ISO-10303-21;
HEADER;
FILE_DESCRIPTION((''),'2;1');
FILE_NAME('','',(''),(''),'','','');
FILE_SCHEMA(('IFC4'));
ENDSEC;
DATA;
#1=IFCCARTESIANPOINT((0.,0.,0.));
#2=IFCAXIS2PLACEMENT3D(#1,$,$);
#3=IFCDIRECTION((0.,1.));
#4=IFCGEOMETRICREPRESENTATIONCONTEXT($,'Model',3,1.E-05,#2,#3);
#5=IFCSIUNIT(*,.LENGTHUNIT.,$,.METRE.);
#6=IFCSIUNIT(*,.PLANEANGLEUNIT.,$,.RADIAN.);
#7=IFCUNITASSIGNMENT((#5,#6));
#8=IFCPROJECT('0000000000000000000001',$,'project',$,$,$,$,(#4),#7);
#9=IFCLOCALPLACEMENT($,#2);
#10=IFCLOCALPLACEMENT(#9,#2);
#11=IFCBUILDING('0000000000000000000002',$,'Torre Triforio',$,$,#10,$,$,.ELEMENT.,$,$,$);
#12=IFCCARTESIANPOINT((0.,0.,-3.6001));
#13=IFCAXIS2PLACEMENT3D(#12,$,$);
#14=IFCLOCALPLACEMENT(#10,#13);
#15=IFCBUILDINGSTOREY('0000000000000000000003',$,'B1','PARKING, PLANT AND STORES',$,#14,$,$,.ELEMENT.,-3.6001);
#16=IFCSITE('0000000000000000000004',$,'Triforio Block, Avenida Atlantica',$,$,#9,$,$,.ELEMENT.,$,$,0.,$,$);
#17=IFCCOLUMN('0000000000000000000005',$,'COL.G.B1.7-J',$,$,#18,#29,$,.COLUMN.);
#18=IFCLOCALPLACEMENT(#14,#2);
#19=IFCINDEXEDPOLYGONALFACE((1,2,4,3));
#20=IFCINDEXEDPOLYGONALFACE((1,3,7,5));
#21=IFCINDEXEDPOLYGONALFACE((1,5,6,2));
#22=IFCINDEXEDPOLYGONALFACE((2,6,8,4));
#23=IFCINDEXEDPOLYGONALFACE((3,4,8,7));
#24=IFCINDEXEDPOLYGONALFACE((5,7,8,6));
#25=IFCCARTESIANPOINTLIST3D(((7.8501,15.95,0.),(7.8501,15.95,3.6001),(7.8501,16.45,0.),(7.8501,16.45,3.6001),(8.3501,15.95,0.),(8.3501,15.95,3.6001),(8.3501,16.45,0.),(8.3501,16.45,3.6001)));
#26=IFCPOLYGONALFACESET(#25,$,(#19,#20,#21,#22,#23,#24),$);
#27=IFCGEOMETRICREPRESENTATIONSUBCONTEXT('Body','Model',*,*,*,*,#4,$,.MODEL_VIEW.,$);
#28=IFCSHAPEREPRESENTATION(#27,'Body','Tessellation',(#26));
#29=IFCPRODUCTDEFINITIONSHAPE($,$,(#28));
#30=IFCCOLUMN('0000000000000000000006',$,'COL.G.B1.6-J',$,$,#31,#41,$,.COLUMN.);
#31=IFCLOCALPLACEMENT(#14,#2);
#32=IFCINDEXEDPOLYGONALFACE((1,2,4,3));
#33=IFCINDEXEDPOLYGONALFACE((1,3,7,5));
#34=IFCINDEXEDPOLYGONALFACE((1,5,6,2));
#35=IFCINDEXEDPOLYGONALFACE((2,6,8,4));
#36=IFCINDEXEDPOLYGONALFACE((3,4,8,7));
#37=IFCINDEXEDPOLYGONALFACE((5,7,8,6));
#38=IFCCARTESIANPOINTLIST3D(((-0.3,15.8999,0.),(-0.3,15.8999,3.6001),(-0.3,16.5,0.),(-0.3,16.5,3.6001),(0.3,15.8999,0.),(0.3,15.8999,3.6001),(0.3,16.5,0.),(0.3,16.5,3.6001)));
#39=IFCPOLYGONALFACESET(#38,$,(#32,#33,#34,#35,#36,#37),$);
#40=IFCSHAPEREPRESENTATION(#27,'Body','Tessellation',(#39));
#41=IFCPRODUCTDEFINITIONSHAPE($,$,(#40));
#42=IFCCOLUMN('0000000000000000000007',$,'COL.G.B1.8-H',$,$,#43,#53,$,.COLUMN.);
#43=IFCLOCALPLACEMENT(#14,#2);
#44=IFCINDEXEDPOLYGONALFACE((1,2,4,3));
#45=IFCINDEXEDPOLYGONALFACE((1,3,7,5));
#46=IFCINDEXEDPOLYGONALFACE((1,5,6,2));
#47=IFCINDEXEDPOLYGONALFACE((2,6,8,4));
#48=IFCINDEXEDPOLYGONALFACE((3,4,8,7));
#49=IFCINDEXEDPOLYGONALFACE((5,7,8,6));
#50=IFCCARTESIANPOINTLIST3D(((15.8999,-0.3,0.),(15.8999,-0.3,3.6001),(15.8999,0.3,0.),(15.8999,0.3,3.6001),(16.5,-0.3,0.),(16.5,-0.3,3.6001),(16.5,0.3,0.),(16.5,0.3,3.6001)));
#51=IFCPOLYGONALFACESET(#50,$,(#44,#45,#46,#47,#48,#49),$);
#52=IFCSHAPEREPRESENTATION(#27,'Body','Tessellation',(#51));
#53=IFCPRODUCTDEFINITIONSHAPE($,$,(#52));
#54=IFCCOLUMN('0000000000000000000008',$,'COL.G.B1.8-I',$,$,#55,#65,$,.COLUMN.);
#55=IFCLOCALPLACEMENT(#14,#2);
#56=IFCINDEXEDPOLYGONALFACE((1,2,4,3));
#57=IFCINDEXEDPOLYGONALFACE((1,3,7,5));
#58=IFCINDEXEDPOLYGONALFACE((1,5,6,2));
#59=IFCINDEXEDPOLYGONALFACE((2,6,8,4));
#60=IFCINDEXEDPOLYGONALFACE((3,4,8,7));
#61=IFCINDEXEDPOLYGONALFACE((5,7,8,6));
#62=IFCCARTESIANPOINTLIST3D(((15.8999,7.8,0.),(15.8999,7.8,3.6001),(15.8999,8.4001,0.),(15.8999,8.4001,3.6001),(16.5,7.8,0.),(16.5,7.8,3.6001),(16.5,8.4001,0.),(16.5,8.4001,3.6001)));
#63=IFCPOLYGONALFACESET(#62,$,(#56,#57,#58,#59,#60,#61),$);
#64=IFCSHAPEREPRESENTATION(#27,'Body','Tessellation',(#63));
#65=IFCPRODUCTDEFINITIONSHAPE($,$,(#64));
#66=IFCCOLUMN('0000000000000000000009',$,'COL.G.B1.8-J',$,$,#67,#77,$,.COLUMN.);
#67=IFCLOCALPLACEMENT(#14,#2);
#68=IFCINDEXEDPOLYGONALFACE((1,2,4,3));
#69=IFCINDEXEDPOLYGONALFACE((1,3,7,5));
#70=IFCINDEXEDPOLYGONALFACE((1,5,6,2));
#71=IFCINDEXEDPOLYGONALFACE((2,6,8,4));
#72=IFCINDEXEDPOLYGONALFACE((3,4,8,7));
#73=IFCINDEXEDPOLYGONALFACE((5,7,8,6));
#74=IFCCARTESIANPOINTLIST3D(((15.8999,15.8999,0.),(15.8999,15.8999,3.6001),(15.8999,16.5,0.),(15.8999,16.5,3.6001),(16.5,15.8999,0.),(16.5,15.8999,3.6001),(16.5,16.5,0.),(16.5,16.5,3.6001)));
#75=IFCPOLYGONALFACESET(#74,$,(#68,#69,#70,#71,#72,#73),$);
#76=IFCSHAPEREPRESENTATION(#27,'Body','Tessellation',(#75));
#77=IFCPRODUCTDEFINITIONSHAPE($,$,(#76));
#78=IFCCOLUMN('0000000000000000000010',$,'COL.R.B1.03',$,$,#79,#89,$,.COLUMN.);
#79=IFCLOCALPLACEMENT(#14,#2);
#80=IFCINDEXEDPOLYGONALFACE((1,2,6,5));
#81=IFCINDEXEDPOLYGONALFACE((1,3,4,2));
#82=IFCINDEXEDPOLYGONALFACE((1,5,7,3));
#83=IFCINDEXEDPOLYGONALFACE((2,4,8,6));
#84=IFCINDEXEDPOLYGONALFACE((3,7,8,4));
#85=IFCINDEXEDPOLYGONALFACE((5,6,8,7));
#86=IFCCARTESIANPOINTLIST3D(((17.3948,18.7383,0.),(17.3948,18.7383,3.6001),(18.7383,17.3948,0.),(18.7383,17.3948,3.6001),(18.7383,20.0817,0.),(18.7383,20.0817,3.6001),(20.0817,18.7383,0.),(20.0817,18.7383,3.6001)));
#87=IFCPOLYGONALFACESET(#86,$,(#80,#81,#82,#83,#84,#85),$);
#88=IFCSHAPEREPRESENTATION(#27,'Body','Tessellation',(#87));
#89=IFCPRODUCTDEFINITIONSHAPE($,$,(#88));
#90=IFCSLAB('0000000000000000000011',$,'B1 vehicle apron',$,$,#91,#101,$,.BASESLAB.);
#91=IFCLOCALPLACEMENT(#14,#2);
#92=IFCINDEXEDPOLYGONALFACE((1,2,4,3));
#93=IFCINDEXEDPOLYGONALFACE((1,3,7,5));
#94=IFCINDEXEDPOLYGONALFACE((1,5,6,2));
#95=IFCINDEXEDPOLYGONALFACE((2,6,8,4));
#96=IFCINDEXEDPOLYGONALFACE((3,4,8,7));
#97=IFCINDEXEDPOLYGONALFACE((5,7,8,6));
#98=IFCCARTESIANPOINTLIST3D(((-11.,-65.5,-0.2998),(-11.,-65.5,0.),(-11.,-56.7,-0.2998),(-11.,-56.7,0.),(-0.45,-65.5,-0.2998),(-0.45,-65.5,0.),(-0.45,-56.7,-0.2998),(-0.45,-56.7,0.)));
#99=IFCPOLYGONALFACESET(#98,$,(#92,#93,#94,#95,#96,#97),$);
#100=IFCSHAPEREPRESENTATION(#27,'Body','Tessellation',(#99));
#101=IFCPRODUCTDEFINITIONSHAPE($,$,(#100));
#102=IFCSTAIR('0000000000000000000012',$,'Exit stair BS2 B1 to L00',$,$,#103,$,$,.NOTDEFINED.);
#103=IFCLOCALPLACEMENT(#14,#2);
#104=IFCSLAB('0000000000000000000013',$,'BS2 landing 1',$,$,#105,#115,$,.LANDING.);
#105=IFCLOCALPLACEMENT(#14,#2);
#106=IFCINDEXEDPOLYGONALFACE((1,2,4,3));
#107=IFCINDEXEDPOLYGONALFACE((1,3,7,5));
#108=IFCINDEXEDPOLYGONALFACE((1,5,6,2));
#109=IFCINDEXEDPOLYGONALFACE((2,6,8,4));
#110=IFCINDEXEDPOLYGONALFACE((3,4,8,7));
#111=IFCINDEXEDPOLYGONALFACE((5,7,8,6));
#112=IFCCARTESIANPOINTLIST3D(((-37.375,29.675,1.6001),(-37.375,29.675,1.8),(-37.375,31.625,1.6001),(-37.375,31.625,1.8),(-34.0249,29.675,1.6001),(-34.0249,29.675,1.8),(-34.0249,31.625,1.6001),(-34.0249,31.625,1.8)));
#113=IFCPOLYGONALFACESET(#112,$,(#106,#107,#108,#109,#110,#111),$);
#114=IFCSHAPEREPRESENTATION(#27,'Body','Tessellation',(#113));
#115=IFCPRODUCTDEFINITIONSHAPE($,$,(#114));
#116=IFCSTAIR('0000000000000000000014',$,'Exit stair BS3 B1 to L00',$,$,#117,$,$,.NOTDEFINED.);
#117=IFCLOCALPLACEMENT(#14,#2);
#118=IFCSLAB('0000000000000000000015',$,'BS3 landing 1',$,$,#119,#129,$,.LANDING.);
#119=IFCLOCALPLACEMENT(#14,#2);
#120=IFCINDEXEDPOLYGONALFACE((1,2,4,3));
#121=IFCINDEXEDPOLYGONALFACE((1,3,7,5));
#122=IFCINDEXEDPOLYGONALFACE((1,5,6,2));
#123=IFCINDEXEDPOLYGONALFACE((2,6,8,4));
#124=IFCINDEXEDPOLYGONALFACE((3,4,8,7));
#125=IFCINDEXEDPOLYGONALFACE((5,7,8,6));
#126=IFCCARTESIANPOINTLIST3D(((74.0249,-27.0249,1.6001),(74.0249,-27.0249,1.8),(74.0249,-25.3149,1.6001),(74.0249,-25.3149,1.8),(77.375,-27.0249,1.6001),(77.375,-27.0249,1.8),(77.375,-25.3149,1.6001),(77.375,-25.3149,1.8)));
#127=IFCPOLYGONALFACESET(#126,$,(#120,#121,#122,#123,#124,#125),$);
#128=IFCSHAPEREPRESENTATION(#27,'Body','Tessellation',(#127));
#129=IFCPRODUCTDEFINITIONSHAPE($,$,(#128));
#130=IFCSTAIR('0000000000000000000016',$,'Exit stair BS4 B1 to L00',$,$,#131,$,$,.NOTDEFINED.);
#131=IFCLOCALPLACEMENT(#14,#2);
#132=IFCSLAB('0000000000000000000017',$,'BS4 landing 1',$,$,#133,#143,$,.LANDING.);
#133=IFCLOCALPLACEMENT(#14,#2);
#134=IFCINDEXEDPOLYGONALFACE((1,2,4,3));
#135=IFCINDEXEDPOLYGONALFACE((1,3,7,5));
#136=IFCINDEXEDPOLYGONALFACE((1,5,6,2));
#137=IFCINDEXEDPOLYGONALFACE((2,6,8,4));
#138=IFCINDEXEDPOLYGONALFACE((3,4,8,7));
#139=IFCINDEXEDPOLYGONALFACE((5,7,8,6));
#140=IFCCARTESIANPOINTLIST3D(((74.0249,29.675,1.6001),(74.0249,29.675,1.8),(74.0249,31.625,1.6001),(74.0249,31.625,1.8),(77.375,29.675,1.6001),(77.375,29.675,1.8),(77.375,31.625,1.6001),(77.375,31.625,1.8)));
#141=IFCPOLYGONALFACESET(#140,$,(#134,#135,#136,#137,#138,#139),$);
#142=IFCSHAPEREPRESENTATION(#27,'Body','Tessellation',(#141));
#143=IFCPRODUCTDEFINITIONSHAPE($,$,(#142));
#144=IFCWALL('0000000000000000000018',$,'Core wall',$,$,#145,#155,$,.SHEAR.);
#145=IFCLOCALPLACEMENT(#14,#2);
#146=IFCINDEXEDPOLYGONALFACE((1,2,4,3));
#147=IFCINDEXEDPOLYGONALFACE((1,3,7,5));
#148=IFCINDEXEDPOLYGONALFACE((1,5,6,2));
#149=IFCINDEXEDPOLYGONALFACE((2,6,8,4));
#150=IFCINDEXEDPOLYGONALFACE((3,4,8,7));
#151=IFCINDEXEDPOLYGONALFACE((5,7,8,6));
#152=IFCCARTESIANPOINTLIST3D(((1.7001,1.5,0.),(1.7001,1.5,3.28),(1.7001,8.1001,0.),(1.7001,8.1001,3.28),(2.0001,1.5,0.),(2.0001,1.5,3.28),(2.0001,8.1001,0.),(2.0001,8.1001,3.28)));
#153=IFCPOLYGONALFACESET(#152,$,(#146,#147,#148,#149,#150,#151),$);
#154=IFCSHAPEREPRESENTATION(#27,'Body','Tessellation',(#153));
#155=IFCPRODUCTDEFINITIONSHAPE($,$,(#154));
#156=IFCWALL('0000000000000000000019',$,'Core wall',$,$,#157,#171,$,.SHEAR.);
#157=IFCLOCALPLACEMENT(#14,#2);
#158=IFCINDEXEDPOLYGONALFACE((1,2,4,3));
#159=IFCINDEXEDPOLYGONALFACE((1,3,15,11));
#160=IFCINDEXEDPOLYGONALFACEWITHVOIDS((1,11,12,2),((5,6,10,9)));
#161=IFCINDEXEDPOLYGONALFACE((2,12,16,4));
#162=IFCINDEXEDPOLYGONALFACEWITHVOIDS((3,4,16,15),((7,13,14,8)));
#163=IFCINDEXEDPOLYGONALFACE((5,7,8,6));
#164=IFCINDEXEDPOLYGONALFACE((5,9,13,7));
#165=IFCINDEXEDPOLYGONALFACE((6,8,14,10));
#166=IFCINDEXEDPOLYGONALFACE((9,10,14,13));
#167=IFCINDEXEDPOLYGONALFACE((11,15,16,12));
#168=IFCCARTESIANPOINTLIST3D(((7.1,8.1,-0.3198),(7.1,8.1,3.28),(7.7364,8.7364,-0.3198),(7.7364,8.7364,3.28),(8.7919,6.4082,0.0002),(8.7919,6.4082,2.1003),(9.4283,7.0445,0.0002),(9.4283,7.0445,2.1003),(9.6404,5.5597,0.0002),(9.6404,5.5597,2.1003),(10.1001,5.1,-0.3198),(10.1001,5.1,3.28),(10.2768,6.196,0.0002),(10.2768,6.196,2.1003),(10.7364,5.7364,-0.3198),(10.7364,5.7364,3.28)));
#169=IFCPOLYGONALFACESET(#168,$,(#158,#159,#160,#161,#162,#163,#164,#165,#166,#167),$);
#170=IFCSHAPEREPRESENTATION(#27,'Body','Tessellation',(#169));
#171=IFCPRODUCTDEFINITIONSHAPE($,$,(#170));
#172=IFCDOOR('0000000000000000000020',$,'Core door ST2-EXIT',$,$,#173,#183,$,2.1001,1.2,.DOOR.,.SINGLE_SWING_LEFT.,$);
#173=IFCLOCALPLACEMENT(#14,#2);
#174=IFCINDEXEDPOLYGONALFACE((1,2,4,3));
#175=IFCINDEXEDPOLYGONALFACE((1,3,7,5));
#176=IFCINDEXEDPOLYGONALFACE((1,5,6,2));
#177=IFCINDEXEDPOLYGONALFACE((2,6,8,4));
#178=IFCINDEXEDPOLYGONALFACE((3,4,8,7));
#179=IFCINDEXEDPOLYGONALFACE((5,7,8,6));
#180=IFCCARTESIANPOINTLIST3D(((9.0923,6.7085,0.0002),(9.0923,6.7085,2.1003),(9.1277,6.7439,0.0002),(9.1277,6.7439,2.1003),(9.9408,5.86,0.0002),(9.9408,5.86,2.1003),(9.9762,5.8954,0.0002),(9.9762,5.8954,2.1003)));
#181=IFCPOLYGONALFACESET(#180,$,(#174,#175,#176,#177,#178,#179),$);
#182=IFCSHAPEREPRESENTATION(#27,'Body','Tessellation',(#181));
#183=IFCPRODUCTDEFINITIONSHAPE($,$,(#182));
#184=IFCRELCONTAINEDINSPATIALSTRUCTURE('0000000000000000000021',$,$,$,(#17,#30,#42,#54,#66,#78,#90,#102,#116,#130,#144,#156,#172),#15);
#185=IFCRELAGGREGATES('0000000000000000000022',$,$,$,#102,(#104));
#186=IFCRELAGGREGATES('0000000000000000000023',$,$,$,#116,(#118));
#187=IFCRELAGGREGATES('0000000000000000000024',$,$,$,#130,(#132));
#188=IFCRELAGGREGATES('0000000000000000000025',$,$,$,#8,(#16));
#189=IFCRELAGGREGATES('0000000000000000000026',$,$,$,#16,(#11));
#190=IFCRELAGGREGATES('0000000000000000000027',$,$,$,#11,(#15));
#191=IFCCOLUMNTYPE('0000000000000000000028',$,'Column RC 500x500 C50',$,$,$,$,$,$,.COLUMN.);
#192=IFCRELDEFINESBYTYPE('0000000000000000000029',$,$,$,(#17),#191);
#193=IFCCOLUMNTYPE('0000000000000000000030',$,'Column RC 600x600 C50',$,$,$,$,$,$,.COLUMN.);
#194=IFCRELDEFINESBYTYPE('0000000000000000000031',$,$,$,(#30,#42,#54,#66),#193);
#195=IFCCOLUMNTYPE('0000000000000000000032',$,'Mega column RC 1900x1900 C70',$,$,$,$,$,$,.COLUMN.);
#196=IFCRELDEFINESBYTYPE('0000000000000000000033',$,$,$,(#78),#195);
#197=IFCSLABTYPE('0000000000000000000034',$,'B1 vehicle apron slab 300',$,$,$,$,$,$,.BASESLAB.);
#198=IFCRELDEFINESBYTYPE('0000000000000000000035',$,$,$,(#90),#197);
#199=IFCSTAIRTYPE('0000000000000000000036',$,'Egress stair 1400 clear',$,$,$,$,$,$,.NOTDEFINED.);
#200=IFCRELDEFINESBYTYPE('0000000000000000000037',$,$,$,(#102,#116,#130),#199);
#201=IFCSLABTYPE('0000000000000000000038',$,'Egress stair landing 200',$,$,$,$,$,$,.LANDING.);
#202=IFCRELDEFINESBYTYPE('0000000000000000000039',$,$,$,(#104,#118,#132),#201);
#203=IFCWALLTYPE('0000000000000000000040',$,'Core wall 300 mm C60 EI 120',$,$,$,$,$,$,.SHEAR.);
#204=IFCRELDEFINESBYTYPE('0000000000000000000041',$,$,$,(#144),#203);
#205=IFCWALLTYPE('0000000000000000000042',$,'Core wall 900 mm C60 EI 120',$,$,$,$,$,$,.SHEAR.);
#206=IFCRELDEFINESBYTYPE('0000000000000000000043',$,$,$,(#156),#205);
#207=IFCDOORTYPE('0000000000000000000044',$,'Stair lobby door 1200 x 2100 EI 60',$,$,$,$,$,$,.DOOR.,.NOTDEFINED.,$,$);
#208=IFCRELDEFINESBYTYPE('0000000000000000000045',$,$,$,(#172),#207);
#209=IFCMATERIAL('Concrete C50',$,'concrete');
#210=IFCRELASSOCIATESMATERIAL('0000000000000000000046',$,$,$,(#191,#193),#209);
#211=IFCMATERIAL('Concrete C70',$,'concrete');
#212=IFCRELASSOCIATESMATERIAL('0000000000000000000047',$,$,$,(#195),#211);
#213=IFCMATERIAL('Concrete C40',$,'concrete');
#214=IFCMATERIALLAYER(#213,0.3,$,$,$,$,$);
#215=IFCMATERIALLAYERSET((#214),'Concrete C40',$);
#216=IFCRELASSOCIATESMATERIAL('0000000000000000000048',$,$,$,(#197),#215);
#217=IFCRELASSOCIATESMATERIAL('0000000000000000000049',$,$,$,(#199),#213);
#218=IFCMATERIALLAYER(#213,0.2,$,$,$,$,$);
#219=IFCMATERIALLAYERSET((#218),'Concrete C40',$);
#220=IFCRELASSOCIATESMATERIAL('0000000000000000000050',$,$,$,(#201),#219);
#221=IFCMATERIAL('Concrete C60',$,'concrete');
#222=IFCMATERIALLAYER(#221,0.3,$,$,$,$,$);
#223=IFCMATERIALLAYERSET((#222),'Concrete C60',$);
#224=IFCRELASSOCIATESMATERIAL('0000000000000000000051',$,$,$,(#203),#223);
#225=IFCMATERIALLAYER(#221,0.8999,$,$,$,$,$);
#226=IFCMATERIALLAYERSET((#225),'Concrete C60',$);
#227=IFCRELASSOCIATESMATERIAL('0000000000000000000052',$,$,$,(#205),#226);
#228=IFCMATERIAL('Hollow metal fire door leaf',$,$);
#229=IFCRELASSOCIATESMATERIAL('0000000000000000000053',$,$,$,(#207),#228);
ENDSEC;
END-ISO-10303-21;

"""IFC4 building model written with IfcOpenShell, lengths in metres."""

from ifc_helpers import new_model, si_unit, direction, frame, frame_2d, origin, origin_2d, place, context, subcontext, project, spatial, polyline, rectangle, outline, extrude, material, layer, layer_set, material_profile, profile_set, type_object, element, fill, aggregate, save


model = new_model("IFC4")

# Units and contexts
model_context = context("Model", 3, precision=1e-05, world=origin(), true_north=direction((0.0, 1.0)))
body_context = subcontext(model_context, "Body", "Model", "MODEL_VIEW")
ifc_project = project(units=[si_unit("LENGTHUNIT", "METRE"), si_unit("PLANEANGLEUNIT", "RADIAN")], contexts=[model_context])

# Site, building, storey
site_placement = place(None, origin())
site = spatial("IfcSite", under=ifc_project, at=site_placement, Name="Triforio Block, Avenida Atlantica", CompositionType="ELEMENT", RefElevation=0.0)
building_placement = place(site_placement, origin())
building = spatial("IfcBuilding", under=site, at=building_placement, Name="Torre Triforio", CompositionType="ELEMENT")
storey_placement = place(building_placement, frame((0.0, 0.0, -3.6001)))
storey = spatial("IfcBuildingStorey", under=building, at=storey_placement, Name="B1", Description="PARKING, PLANT AND STORES", CompositionType="ELEMENT", Elevation=-3.6001)

# Columns
ifc_material_1 = material(Name="Concrete C50", Category="concrete")
ifc_material_profile_1 = material_profile(ifc_material_1, rectangle(XDim=0.5, YDim=0.5, at=origin_2d()), Name="RC 500x500")
ifc_profile_set_1 = profile_set([ifc_material_profile_1], Name="Concrete C50")
column_type_1 = type_object("IfcColumnType", Name="Column RC 500x500 C50", PredefinedType="COLUMN", material=ifc_profile_set_1)
column_1_placement = place(storey_placement, frame((8.1001, 16.2, 0.0), z_axis=(0.0, 0.0, 1.0), x_axis=(1.0, 0.0, 0.0)))
element("IfcColumn", 1, at=column_1_placement, inside=storey, type_object=column_type_1, Name="COL.G.B1.7-J", PredefinedType="COLUMN", context=body_context, shape_type="SweptSolid", body=[
    extrude(rectangle(XDim=0.5, YDim=0.5, at=origin_2d()), origin(), (0.0, 0.0, 1.0), 3.6001),
])
ifc_material_profile_2 = material_profile(ifc_material_1, rectangle(XDim=0.6001, YDim=0.6001, at=origin_2d()), Name="RC 600x600")
ifc_profile_set_2 = profile_set([ifc_material_profile_2], Name="Concrete C50")
column_type_2 = type_object("IfcColumnType", Name="Column RC 600x600 C50", PredefinedType="COLUMN", material=ifc_profile_set_2)
for number, where, z_axis, x_axis, name in (
    (2, (0.0, 16.2, 0.0), (0.0, 0.0, 1.0), (1.0, 0.0, 0.0), "COL.G.B1.6-J"),
    (3, (16.2, 0.0, 0.0), (0.0, 0.0, 1.0), (1.0, 0.0, 0.0), "COL.G.B1.8-H"),
    (4, (16.2, 8.1001, 0.0), (0.0, 0.0, 1.0), (1.0, 0.0, 0.0), "COL.G.B1.8-I"),
    (5, (16.2, 16.2, 0.0), (0.0, 0.0, 1.0), (1.0, 0.0, 0.0), "COL.G.B1.8-J"),
):
    element("IfcColumn", number, at=place(storey_placement, frame(where, z_axis=z_axis, x_axis=x_axis)), inside=storey, type_object=column_type_2, Name=name, PredefinedType="COLUMN", context=body_context, shape_type="SweptSolid", body=[
        extrude(rectangle(XDim=0.6001, YDim=0.6001, at=origin_2d()), origin(), (0.0, 0.0, 1.0), 3.6001),
    ])
ifc_material_2 = material(Name="Concrete C70", Category="concrete")
ifc_material_profile_3 = material_profile(ifc_material_2, rectangle(XDim=1.8999, YDim=1.8999, at=origin_2d()), Name="RC 1900x1900")
ifc_profile_set_3 = profile_set([ifc_material_profile_3], Name="Concrete C70")
column_type_3 = type_object("IfcColumnType", Name="Mega column RC 1900x1900 C70", PredefinedType="COLUMN", material=ifc_profile_set_3)
column_2_placement = place(storey_placement, frame((18.7383, 18.7383, 0.0), z_axis=(0.0, 0.0, 1.0), x_axis=(-0.707107, 0.707107, 0.0)))
element("IfcColumn", 6, at=column_2_placement, inside=storey, type_object=column_type_3, Name="COL.R.B1.03", PredefinedType="COLUMN", context=body_context, shape_type="SweptSolid", body=[
    extrude(rectangle(XDim=1.8999, YDim=1.8999, at=origin_2d()), origin(), (0.0, 0.0, 1.0), 3.6001),
])

# Slab
ifc_material_3 = material(Name="Concrete C40", Category="concrete")
ifc_layer_1 = layer(ifc_material_3, 0.3)
ifc_layer_set_1 = layer_set([ifc_layer_1], Name="Concrete C40")
slab_type_1 = type_object("IfcSlabType", Name="B1 vehicle apron slab 300", PredefinedType="BASESLAB", material=ifc_layer_set_1)
slab_1_placement = place(storey_placement, frame((0.0, 0.0, -0.2998)))
element("IfcSlab", 7, at=slab_1_placement, inside=storey, type_object=slab_type_1, Name="B1 vehicle apron", PredefinedType="BASESLAB", context=body_context, shape_type="SweptSolid", body=[
    extrude(outline(polyline([(-11.0, -65.5), (-0.45, -65.5), (-0.45, -56.7), (-11.0, -56.7), (-11.0, -65.5)])), origin(), (0.0, 0.0, 1.0), 0.2998),
])

# Stairs, slabs
stair_type = type_object("IfcStairType", Name="Egress stair 1400 clear", PredefinedType="NOTDEFINED", material=ifc_material_3)
stair_1_placement = place(storey_placement, origin())
stair_1 = element("IfcStair", 8, at=stair_1_placement, inside=storey, type_object=stair_type, Name="Exit stair BS2 B1 to L00", PredefinedType="NOTDEFINED")
ifc_layer_2 = layer(ifc_material_3, 0.2)
ifc_layer_set_2 = layer_set([ifc_layer_2], Name="Concrete C40")
slab_type_2 = type_object("IfcSlabType", Name="Egress stair landing 200", PredefinedType="LANDING", material=ifc_layer_set_2)
slab_2_placement = place(storey_placement, frame((0.0, 0.0, 1.6001)))
slab_2 = element("IfcSlab", 9, at=slab_2_placement, type_object=slab_type_2, Name="BS2 landing 1", PredefinedType="LANDING", context=body_context, shape_type="SweptSolid", body=[
    extrude(outline(polyline([(-37.375, 29.675), (-34.0249, 29.675), (-34.0249, 31.625), (-37.375, 31.625), (-37.375, 29.675)])), origin(), (0.0, 0.0, 1.0), 0.2),
])
aggregate(stair_1, [slab_2])
stair_2_placement = place(storey_placement, origin())
stair_2 = element("IfcStair", 10, at=stair_2_placement, inside=storey, type_object=stair_type, Name="Exit stair BS3 B1 to L00", PredefinedType="NOTDEFINED")
slab_3_placement = place(storey_placement, frame((0.0, 0.0, 1.6001)))
slab_3 = element("IfcSlab", 11, at=slab_3_placement, type_object=slab_type_2, Name="BS3 landing 1", PredefinedType="LANDING", context=body_context, shape_type="SweptSolid", body=[
    extrude(outline(polyline([(74.0249, -27.0249), (77.375, -27.0249), (77.375, -25.3149), (74.0249, -25.3149), (74.0249, -27.0249)])), origin(), (0.0, 0.0, 1.0), 0.2),
])
aggregate(stair_2, [slab_3])
stair_3_placement = place(storey_placement, origin())
stair_3 = element("IfcStair", 12, at=stair_3_placement, inside=storey, type_object=stair_type, Name="Exit stair BS4 B1 to L00", PredefinedType="NOTDEFINED")
slab_4_placement = place(storey_placement, frame((0.0, 0.0, 1.6001)))
slab_4 = element("IfcSlab", 13, at=slab_4_placement, type_object=slab_type_2, Name="BS4 landing 1", PredefinedType="LANDING", context=body_context, shape_type="SweptSolid", body=[
    extrude(outline(polyline([(74.0249, 29.675), (77.375, 29.675), (77.375, 31.625), (74.0249, 31.625), (74.0249, 29.675)])), origin(), (0.0, 0.0, 1.0), 0.2),
])
aggregate(stair_3, [slab_4])

# Wall
ifc_material_4 = material(Name="Concrete C60", Category="concrete")
ifc_layer_3 = layer(ifc_material_4, 0.3)
ifc_layer_set_3 = layer_set([ifc_layer_3], Name="Concrete C60")
wall_type_1 = type_object("IfcWallType", Name="Core wall 300 mm C60 EI 120", PredefinedType="SHEAR", material=ifc_layer_set_3)
wall_1_placement = place(storey_placement, frame((1.8501, 1.5, 0.0), z_axis=(0.0, 0.0, 1.0), x_axis=(0.0, 1.0, 0.0)))
element("IfcWall", 14, at=wall_1_placement, inside=storey, type_object=wall_type_1, Name="Core wall", PredefinedType="SHEAR", context=body_context, shape_type="SweptSolid", body=[
    extrude(rectangle(XDim=6.6001, YDim=0.3, at=frame_2d((3.3, 0.0))), origin(), (0.0, 0.0, 1.0), 3.28),
])

# Wall, opening, door
ifc_layer_4 = layer(ifc_material_4, 0.8999)
ifc_layer_set_4 = layer_set([ifc_layer_4], Name="Concrete C60")
wall_type_2 = type_object("IfcWallType", Name="Core wall 900 mm C60 EI 120", PredefinedType="SHEAR", material=ifc_layer_set_4)
wall_2_placement = place(storey_placement, frame((7.4182, 8.4182, -0.3198), z_axis=(0.0, 0.0, 1.0), x_axis=(0.707107, -0.707107, 0.0)))
wall_2 = element("IfcWall", 15, at=wall_2_placement, inside=storey, type_object=wall_type_2, Name="Core wall", PredefinedType="SHEAR", context=body_context, shape_type="SweptSolid", body=[
    extrude(rectangle(XDim=4.2427, YDim=0.8999, at=frame_2d((2.1213, 0.0))), origin(), (0.0, 0.0, 1.0), 3.5999),
])
opening_1_placement = place(wall_2_placement, frame((2.3926, 0.0, 0.3201)))
opening_1 = element("IfcOpeningElement", 16, at=opening_1_placement, cuts=wall_2, PredefinedType="OPENING", context=body_context, shape_type="SweptSolid", body=[
    extrude(rectangle(XDim=1.2, YDim=2.1001, at=frame_2d((0.6001, 1.05))), frame((0.0, 0.46, 0.0), z_axis=(0.0, -1.0, 0.0), x_axis=(1.0, 0.0, 0.0)), (0.0, 0.0, 1.0), 0.9199),
])
ifc_material_5 = material(Name="Hollow metal fire door leaf")
door_type_1 = type_object("IfcDoorType", Name="Stair lobby door 1200 x 2100 EI 60", OperationType="NOTDEFINED", PredefinedType="DOOR", material=ifc_material_5)
door_1_placement = place(opening_1_placement, origin())
door_1 = element("IfcDoor", 17, at=door_1_placement, inside=storey, type_object=door_type_1, Name="Core door ST2-EXIT", OperationType="SINGLE_SWING_LEFT", OverallHeight=2.1001, OverallWidth=1.2, PredefinedType="DOOR", context=body_context, shape_type="SweptSolid", body=[
    extrude(rectangle(XDim=1.2, YDim=2.1001, at=frame_2d((0.6001, 1.05))), frame((0.0, 0.0249, 0.0), z_axis=(0.0, -1.0, 0.0), x_axis=(1.0, 0.0, 0.0)), (0.0, 0.0, 1.0), 0.05),
])
fill(opening_1, door_1)

save(model, "model.ifc")
